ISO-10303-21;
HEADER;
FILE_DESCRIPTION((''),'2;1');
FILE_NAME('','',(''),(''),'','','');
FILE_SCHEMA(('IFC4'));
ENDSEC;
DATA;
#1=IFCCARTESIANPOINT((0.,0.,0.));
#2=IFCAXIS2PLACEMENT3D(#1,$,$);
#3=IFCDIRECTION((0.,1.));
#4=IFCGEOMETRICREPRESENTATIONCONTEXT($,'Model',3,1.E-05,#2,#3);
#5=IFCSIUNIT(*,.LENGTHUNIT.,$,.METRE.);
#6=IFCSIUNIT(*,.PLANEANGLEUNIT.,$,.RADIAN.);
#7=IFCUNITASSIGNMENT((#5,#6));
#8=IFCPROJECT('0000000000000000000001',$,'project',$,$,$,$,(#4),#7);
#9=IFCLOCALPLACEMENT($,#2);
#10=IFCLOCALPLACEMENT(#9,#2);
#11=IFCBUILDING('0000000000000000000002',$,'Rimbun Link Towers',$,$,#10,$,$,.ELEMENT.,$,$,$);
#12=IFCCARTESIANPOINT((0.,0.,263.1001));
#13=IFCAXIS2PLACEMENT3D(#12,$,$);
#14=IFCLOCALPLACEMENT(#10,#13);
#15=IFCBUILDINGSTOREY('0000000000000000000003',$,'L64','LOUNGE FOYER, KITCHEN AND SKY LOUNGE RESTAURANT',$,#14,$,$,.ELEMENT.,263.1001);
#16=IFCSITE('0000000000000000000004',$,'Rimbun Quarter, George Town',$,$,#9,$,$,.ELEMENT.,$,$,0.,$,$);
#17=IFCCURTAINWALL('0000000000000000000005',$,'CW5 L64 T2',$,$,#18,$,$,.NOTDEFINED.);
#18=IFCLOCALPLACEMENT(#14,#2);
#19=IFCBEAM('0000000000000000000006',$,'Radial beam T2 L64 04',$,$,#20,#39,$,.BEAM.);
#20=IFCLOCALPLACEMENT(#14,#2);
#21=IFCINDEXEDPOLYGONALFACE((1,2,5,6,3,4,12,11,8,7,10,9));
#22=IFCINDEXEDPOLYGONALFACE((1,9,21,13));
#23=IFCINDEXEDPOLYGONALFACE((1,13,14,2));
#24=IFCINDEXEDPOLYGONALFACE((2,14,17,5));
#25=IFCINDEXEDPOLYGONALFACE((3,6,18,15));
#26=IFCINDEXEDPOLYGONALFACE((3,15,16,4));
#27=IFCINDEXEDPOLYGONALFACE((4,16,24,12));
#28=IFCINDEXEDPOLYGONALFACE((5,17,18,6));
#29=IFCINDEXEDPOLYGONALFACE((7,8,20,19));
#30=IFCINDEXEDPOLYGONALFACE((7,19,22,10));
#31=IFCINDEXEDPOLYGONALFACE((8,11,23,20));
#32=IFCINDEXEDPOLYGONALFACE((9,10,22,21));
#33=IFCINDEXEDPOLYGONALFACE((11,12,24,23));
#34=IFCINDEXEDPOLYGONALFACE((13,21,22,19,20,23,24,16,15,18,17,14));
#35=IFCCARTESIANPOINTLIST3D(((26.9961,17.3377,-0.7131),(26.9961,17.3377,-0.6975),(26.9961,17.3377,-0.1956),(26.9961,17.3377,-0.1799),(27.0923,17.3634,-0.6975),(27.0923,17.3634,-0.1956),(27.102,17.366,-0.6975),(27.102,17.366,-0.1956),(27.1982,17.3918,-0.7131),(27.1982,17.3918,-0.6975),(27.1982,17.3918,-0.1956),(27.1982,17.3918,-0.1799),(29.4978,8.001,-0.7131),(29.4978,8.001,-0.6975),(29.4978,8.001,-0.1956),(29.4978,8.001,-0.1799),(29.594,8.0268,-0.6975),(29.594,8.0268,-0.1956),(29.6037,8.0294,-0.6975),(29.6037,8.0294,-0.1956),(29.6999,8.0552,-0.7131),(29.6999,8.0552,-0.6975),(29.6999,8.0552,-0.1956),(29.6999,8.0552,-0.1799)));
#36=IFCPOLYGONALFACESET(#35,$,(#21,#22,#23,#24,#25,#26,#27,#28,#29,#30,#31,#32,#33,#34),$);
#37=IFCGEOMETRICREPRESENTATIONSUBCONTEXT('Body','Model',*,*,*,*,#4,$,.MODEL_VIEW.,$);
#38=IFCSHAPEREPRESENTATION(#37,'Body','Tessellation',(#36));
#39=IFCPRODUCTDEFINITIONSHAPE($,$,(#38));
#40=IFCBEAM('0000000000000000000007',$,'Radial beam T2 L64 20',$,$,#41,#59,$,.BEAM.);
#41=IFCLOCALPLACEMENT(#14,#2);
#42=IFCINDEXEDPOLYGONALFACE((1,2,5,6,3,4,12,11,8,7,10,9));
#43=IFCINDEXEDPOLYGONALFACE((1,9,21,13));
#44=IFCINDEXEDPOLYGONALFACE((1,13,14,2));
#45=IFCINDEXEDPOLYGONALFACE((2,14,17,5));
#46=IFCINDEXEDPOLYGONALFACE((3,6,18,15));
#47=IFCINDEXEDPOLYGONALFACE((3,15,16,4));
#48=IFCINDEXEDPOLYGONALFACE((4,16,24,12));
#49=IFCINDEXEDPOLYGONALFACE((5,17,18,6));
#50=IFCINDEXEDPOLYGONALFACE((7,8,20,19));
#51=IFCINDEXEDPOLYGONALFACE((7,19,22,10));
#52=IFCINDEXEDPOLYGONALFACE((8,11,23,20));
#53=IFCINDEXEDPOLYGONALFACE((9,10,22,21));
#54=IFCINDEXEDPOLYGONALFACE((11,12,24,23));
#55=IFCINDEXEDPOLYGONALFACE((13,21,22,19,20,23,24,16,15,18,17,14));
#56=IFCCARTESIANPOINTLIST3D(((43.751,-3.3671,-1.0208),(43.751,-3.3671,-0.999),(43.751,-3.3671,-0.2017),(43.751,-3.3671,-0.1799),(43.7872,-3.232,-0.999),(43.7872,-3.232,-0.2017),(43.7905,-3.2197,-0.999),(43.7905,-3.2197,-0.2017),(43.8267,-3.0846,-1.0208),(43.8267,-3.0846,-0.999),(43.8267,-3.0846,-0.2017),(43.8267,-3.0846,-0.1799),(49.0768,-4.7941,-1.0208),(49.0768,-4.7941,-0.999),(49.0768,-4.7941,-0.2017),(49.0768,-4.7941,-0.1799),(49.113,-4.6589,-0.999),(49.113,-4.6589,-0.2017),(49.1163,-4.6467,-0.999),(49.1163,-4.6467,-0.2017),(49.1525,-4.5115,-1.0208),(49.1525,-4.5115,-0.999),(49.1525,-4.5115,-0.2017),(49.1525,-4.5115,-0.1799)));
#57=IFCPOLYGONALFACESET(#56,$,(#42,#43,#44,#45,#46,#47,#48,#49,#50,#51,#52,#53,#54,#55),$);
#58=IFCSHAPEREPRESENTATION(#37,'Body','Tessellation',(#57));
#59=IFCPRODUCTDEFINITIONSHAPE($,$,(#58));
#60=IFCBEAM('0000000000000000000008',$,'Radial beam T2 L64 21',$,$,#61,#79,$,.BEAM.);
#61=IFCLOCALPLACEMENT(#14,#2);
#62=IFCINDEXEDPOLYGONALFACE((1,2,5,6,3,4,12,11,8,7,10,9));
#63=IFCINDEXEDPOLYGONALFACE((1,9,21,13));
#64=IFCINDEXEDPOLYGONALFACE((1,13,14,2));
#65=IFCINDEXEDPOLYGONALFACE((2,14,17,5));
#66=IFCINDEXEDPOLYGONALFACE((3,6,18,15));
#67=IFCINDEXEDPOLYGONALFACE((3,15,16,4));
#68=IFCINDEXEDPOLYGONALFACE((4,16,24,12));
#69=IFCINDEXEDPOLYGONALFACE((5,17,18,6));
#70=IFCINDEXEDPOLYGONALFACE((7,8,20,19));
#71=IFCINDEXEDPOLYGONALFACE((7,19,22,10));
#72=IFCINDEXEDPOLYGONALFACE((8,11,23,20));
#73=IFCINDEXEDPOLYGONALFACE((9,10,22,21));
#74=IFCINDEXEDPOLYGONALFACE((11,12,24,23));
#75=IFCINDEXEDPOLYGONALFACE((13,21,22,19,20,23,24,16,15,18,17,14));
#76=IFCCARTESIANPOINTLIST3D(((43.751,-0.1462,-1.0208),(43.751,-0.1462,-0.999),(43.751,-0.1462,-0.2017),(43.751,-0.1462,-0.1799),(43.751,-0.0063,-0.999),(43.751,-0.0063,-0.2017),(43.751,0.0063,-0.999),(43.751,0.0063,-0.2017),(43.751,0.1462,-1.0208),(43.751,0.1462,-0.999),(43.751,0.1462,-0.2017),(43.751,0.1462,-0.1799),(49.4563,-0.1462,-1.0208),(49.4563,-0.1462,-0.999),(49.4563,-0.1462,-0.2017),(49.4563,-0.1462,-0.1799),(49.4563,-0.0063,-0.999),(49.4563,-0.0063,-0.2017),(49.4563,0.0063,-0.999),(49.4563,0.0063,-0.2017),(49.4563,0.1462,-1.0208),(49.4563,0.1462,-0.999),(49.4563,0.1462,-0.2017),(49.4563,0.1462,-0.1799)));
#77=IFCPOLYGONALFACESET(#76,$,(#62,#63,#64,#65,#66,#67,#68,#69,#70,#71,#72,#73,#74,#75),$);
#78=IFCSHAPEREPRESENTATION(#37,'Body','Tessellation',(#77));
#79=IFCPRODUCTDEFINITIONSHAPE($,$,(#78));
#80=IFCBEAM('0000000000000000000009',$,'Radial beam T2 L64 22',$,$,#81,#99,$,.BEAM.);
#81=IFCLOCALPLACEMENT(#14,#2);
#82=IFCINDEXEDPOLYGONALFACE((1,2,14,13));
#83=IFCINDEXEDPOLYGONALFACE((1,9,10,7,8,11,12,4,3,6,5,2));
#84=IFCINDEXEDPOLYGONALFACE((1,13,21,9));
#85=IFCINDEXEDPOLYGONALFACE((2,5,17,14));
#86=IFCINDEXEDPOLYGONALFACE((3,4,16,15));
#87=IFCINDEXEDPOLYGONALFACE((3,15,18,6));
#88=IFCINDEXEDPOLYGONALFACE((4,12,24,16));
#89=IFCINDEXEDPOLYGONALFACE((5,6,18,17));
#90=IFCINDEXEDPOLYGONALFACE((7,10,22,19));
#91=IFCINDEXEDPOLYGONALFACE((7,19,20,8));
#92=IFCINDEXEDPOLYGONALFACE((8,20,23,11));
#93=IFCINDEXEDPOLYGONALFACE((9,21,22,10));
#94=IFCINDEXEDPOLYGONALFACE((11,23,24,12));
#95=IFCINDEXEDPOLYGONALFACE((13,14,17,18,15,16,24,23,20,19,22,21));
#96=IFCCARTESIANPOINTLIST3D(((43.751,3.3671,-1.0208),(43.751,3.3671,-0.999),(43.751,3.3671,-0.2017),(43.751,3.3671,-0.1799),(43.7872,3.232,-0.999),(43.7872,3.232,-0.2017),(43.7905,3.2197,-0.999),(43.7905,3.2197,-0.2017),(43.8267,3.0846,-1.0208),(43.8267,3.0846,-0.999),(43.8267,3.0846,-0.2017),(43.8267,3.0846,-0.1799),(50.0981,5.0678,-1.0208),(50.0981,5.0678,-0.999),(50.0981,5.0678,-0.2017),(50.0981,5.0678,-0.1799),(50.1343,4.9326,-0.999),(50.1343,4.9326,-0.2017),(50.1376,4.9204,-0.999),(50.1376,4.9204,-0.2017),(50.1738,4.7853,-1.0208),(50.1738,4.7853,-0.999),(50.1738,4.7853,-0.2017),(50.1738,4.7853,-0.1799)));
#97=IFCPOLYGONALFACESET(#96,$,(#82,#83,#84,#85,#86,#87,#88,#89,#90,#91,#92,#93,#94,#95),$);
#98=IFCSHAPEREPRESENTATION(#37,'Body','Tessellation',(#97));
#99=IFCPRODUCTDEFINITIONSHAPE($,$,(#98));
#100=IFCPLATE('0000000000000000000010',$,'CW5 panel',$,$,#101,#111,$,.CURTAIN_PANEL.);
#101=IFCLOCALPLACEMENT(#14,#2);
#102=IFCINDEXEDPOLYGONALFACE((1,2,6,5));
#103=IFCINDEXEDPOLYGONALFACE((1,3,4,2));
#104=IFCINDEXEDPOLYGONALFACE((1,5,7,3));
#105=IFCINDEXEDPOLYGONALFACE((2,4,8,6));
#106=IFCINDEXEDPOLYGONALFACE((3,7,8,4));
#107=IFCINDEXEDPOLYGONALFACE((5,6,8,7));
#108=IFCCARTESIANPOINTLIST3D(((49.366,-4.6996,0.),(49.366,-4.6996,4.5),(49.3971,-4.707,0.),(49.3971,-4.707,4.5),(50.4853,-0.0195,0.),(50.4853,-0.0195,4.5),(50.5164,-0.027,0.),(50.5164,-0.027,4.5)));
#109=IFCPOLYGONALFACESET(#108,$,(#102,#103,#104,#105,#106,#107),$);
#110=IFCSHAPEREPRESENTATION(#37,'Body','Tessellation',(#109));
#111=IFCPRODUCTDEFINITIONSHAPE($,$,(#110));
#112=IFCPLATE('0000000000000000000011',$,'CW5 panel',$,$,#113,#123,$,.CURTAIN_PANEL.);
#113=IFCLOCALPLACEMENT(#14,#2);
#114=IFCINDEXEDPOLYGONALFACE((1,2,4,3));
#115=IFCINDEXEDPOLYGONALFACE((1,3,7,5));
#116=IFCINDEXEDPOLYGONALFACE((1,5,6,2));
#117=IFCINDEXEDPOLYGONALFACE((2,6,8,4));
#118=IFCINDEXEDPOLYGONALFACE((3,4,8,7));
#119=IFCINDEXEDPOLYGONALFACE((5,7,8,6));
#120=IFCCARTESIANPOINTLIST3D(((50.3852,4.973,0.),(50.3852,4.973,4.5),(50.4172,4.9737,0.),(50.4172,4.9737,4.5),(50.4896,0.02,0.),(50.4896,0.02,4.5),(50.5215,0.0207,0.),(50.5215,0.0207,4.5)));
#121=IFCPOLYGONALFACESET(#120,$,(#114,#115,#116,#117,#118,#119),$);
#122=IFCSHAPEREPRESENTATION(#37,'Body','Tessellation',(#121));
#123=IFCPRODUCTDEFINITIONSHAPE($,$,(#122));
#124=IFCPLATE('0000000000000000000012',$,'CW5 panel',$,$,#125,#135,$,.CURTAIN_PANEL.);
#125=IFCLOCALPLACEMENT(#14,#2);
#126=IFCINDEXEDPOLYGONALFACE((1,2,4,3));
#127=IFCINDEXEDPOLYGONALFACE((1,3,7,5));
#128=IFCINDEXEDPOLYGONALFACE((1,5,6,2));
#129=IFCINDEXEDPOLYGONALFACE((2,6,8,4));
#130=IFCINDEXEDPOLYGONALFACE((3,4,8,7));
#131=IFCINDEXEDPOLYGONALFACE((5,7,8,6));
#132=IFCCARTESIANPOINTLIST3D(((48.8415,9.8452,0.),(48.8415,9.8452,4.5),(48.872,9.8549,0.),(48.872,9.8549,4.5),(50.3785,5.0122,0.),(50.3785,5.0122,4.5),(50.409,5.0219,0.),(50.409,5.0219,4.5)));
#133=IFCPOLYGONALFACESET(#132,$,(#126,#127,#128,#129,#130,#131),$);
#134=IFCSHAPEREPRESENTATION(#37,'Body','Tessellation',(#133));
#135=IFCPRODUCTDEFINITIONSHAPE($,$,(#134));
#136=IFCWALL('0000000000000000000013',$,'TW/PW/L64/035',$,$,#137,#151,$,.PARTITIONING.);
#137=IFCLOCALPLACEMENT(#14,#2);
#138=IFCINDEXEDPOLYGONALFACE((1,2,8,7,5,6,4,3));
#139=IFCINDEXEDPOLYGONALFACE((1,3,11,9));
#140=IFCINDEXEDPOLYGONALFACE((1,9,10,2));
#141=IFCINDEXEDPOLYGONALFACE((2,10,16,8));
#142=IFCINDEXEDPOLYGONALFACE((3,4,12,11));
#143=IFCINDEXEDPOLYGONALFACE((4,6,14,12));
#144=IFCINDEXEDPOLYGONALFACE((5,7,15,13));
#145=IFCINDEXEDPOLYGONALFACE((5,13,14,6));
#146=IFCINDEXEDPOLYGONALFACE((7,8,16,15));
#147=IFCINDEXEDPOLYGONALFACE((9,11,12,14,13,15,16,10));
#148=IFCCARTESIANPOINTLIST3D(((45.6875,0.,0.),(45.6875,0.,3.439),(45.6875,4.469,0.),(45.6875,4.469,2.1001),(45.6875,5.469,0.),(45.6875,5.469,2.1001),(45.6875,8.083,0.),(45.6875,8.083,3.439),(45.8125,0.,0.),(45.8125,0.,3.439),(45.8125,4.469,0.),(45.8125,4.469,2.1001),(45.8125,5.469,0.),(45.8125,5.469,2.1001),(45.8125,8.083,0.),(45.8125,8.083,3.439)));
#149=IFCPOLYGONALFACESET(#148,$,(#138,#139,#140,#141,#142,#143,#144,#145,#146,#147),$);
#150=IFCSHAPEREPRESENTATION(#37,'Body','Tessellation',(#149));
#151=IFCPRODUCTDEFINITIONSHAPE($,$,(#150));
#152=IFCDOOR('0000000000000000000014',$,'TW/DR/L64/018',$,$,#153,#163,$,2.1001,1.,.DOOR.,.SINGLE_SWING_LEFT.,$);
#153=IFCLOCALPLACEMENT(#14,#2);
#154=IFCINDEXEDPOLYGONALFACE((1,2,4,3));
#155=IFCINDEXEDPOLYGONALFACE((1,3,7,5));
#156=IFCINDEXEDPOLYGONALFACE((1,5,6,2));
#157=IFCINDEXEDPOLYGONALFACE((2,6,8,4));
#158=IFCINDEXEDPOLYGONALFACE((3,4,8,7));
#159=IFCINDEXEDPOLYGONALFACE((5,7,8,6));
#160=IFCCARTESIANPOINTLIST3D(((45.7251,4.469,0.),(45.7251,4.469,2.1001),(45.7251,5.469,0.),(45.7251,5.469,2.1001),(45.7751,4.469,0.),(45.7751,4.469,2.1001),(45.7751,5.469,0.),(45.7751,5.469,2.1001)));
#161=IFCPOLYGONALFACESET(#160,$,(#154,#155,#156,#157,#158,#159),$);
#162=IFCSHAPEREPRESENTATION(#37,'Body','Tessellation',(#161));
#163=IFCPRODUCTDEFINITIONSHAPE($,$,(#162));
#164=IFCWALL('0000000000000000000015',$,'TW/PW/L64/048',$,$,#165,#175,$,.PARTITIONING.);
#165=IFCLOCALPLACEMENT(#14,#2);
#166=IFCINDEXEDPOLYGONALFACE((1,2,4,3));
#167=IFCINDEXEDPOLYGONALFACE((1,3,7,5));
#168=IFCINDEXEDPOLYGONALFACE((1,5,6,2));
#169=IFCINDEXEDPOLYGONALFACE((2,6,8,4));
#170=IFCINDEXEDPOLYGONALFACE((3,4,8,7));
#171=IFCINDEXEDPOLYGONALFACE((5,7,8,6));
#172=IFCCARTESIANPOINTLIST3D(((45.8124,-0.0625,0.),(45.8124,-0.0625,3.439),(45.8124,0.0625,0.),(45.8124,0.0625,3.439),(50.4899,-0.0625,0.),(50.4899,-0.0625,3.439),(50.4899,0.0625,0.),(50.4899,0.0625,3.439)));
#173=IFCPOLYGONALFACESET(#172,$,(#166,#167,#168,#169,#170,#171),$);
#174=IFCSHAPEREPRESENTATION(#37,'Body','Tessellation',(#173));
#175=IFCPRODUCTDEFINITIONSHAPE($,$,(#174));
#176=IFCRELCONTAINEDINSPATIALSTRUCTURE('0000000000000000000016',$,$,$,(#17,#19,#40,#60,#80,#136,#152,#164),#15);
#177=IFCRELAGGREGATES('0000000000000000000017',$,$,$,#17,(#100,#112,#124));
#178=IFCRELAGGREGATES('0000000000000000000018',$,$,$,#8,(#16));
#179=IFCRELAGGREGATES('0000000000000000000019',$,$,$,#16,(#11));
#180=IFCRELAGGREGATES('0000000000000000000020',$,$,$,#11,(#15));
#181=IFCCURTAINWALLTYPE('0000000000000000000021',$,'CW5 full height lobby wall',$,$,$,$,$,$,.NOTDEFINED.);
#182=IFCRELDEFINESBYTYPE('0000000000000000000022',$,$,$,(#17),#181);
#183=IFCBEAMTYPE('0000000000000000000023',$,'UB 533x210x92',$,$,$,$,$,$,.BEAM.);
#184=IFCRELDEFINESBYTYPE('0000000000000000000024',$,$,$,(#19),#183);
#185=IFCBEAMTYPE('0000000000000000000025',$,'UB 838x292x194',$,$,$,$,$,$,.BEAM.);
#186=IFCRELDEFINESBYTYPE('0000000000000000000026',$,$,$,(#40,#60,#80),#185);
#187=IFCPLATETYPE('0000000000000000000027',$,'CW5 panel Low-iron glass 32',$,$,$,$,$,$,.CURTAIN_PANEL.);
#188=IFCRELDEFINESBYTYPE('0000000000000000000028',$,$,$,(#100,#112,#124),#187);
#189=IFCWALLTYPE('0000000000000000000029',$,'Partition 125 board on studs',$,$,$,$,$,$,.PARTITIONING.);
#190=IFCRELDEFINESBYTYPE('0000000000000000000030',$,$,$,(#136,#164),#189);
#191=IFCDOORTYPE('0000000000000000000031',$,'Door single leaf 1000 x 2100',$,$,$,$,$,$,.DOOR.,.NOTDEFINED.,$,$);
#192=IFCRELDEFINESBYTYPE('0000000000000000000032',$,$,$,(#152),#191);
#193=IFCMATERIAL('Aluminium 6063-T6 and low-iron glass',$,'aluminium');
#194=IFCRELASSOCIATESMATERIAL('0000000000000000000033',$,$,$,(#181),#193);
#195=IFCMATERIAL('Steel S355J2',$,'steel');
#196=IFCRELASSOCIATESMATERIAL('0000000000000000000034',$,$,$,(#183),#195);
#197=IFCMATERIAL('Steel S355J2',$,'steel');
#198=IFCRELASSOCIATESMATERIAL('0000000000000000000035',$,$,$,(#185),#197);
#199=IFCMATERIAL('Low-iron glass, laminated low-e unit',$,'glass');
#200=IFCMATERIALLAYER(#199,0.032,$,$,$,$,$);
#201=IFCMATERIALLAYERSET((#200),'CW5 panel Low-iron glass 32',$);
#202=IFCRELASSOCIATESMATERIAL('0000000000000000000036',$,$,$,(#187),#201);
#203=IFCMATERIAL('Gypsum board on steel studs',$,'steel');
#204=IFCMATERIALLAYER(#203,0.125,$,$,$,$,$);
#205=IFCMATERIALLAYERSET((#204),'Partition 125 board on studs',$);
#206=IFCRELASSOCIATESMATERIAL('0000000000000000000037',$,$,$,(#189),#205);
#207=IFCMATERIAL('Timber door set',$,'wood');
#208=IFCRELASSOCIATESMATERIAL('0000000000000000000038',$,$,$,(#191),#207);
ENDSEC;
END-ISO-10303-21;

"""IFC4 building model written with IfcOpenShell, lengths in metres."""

from ifc_helpers import new_model, si_unit, direction, frame, frame_2d, origin, origin_2d, place, context, subcontext, project, spatial, rectangle, i_section, extrude, material, layer, layer_set, material_profile, profile_set, type_object, element, fill, aggregate, save


model = new_model("IFC4")

# Units and contexts
model_context = context("Model", 3, precision=1e-05, world=origin(), true_north=direction((0.0, 1.0)))
body_context = subcontext(model_context, "Body", "Model", "MODEL_VIEW")
ifc_project = project(units=[si_unit("LENGTHUNIT", "METRE"), si_unit("PLANEANGLEUNIT", "RADIAN")], contexts=[model_context])

# Site, building, storey
site_placement = place(None, origin())
site = spatial("IfcSite", under=ifc_project, at=site_placement, Name="Rimbun Quarter, George Town", CompositionType="ELEMENT", RefElevation=0.0)
building_placement = place(site_placement, origin())
building = spatial("IfcBuilding", under=site, at=building_placement, Name="Rimbun Link Towers", CompositionType="ELEMENT")
storey_placement = place(building_placement, frame((0.0, 0.0, 263.1001)))
storey = spatial("IfcBuildingStorey", under=building, at=storey_placement, Name="L64", Description="LOUNGE FOYER, KITCHEN AND SKY LOUNGE RESTAURANT", CompositionType="ELEMENT", Elevation=263.1001)

# Curtain wall
ifc_material_1 = material(Name="Aluminium 6063-T6 and low-iron glass", Category="aluminium")
curtain_wall_type = type_object("IfcCurtainWallType", Name="CW5 full height lobby wall", PredefinedType="NOTDEFINED", material=ifc_material_1)
curtain_wall_placement = place(storey_placement, origin())
curtain_wall = element("IfcCurtainWall", 1, at=curtain_wall_placement, inside=storey, type_object=curtain_wall_type, Name="CW5 L64 T2", PredefinedType="NOTDEFINED")

# Beams
ifc_material_2 = material(Name="Steel S355J2", Category="steel")
ifc_material_profile_1 = material_profile(ifc_material_2, i_section(OverallWidth=0.2092, OverallDepth=0.5332, WebThickness=0.01, FlangeThickness=0.0156, at=origin_2d()), Name="UB 533x210x92")
ifc_profile_set_1 = profile_set([ifc_material_profile_1], Name="Steel S355J2")
beam_type_1 = type_object("IfcBeamType", Name="UB 533x210x92", PredefinedType="BEAM", material=ifc_profile_set_1)
beam_1_placement = place(storey_placement, frame((29.5989, 8.0281, -0.4465), z_axis=(-0.258815, 0.965927, 0.0), x_axis=(-0.965927, -0.258815, 0.0)))
element("IfcBeam", 2, at=beam_1_placement, inside=storey, type_object=beam_type_1, Name="Radial beam T2 L64 04", PredefinedType="BEAM", context=body_context, shape_type="SweptSolid", body=[
    extrude(i_section(OverallWidth=0.2092, OverallDepth=0.5332, WebThickness=0.01, FlangeThickness=0.0156, at=origin_2d()), origin(), (0.0, 0.0, 1.0), 9.666),
])
ifc_material_3 = material(Name="Steel S355J2", Category="steel")
ifc_material_profile_2 = material_profile(ifc_material_3, i_section(OverallWidth=0.2925, OverallDepth=0.8408, WebThickness=0.0127, FlangeThickness=0.0217, at=origin_2d()), Name="UB 838x292x194")
ifc_profile_set_2 = profile_set([ifc_material_profile_2], Name="Steel S355J2")
beam_type_2 = type_object("IfcBeamType", Name="UB 838x292x194", PredefinedType="BEAM", material=ifc_profile_set_2)
beam_2_placement = place(storey_placement, frame((43.7888, -3.2258, -0.6003), z_axis=(0.965929, -0.258806, 0.0), x_axis=(0.258806, 0.965929, 0.0)))
element("IfcBeam", 3, at=beam_2_placement, inside=storey, type_object=beam_type_2, Name="Radial beam T2 L64 20", PredefinedType="BEAM", context=body_context, shape_type="SweptSolid", body=[
    extrude(i_section(OverallWidth=0.2925, OverallDepth=0.8408, WebThickness=0.0127, FlangeThickness=0.0217, at=origin_2d()), origin(), (0.0, 0.0, 1.0), 5.5137),
])
beam_3_placement = place(storey_placement, frame((43.751, 0.0, -0.6003), z_axis=(1.0, 0.0, 0.0), x_axis=(0.0, 1.0, 0.0)))
element("IfcBeam", 4, at=beam_3_placement, inside=storey, type_object=beam_type_2, Name="Radial beam T2 L64 21", PredefinedType="BEAM", context=body_context, shape_type="SweptSolid", body=[
    extrude(i_section(OverallWidth=0.2925, OverallDepth=0.8408, WebThickness=0.0127, FlangeThickness=0.0217, at=origin_2d()), origin(), (0.0, 0.0, 1.0), 5.7053),
])
beam_4_placement = place(storey_placement, frame((43.7888, 3.2258, -0.6003), z_axis=(0.965927, 0.258814, 0.0), x_axis=(-0.258814, 0.965927, 0.0)))
element("IfcBeam", 5, at=beam_4_placement, inside=storey, type_object=beam_type_2, Name="Radial beam T2 L64 22", PredefinedType="BEAM", context=body_context, shape_type="SweptSolid", body=[
    extrude(i_section(OverallWidth=0.2925, OverallDepth=0.8408, WebThickness=0.0127, FlangeThickness=0.0217, at=origin_2d()), origin(), (0.0, 0.0, 1.0), 6.571),
])

# Plates
ifc_material_4 = material(Name="Low-iron glass, laminated low-e unit", Category="glass")
ifc_layer_1 = layer(ifc_material_4, 0.032)
ifc_layer_set_1 = layer_set([ifc_layer_1], Name="CW5 panel Low-iron glass 32")
plate_type = type_object("IfcPlateType", Name="CW5 panel Low-iron glass 32", PredefinedType="CURTAIN_PANEL", material=ifc_layer_set_1)
plate_1_placement = place(storey_placement, frame((49.9412, -2.3633, 0.0), z_axis=(0.0, 0.0, 1.0), x_axis=(-0.232606, -0.972571, 0.0)))
plate_1 = element("IfcPlate", 6, at=plate_1_placement, type_object=plate_type, Name="CW5 panel", PredefinedType="CURTAIN_PANEL", context=body_context, shape_type="SweptSolid", body=[
    extrude(rectangle(XDim=4.812, YDim=0.032, at=origin_2d()), origin(), (0.0, 0.0, 1.0), 4.5),
])
plate_2_placement = place(storey_placement, frame((50.4534, 2.4968, 0.0), z_axis=(0.0, 0.0, 1.0), x_axis=(0.021064, -0.999778, 0.0)))
plate_2 = element("IfcPlate", 7, at=plate_2_placement, type_object=plate_type, Name="CW5 panel", PredefinedType="CURTAIN_PANEL", context=body_context, shape_type="SweptSolid", body=[
    extrude(rectangle(XDim=4.9541, YDim=0.032, at=origin_2d()), origin(), (0.0, 0.0, 1.0), 4.5),
])
plate_3_placement = place(storey_placement, frame((49.6252, 7.4336, 0.0), z_axis=(0.0, 0.0, 1.0), x_axis=(0.303074, -0.952967, 0.0)))
plate_3 = element("IfcPlate", 8, at=plate_3_placement, type_object=plate_type, Name="CW5 panel", PredefinedType="CURTAIN_PANEL", context=body_context, shape_type="SweptSolid", body=[
    extrude(rectangle(XDim=5.0715, YDim=0.032, at=origin_2d()), origin(), (0.0, 0.0, 1.0), 4.5),
])
aggregate(curtain_wall, [plate_1, plate_2, plate_3])

# Wall, opening, door
ifc_material_5 = material(Name="Gypsum board on steel studs", Category="steel")
ifc_layer_2 = layer(ifc_material_5, 0.125)
ifc_layer_set_2 = layer_set([ifc_layer_2], Name="Partition 125 board on studs")
wall_type_1 = type_object("IfcWallType", Name="Partition 125 board on studs", PredefinedType="PARTITIONING", material=ifc_layer_set_2)
wall_1_placement = place(storey_placement, frame((45.75, 0.0, 0.0), z_axis=(0.0, 0.0, 1.0), x_axis=(0.0, 1.0, 0.0)))
wall_1 = element("IfcWall", 9, at=wall_1_placement, inside=storey, type_object=wall_type_1, Name="TW/PW/L64/035", PredefinedType="PARTITIONING", context=body_context, shape_type="SweptSolid", body=[
    extrude(rectangle(XDim=8.083, YDim=0.125, at=frame_2d((4.0415, 0.0))), origin(), (0.0, 0.0, 1.0), 3.439),
])
opening_1_placement = place(wall_1_placement, frame((4.469, 0.0, 0.0)))
opening_1 = element("IfcOpeningElement", 10, at=opening_1_placement, cuts=wall_1, PredefinedType="OPENING", context=body_context, shape_type="SweptSolid", body=[
    extrude(rectangle(XDim=1.0, YDim=2.1001, at=frame_2d((0.5, 1.05))), frame((0.0, 0.0725, 0.0), z_axis=(0.0, -1.0, 0.0), x_axis=(1.0, 0.0, 0.0)), (0.0, 0.0, 1.0), 0.145),
])
ifc_material_6 = material(Name="Timber door set", Category="wood")
door_type_1 = type_object("IfcDoorType", Name="Door single leaf 1000 x 2100", OperationType="NOTDEFINED", PredefinedType="DOOR", material=ifc_material_6)
door_1_placement = place(opening_1_placement, origin())
door_1 = element("IfcDoor", 11, at=door_1_placement, inside=storey, type_object=door_type_1, Name="TW/DR/L64/018", OperationType="SINGLE_SWING_LEFT", OverallHeight=2.1001, OverallWidth=1.0, PredefinedType="DOOR", context=body_context, shape_type="SweptSolid", body=[
    extrude(rectangle(XDim=1.0, YDim=2.1001, at=frame_2d((0.5, 1.05))), frame((0.0, 0.0249, 0.0), z_axis=(0.0, -1.0, 0.0), x_axis=(1.0, 0.0, 0.0)), (0.0, 0.0, 1.0), 0.05),
])
fill(opening_1, door_1)

# Wall
wall_2_placement = place(storey_placement, frame((50.49, 0.0, 0.0), z_axis=(0.0, 0.0, 1.0), x_axis=(-1.0, 0.0, 0.0)))
element("IfcWall", 12, at=wall_2_placement, inside=storey, type_object=wall_type_1, Name="TW/PW/L64/048", PredefinedType="PARTITIONING", context=body_context, shape_type="SweptSolid", body=[
    extrude(rectangle(XDim=4.6775, YDim=0.125, at=frame_2d((2.3389, 0.0))), origin(), (0.0, 0.0, 1.0), 3.439),
])

save(model, "model.ifc")
